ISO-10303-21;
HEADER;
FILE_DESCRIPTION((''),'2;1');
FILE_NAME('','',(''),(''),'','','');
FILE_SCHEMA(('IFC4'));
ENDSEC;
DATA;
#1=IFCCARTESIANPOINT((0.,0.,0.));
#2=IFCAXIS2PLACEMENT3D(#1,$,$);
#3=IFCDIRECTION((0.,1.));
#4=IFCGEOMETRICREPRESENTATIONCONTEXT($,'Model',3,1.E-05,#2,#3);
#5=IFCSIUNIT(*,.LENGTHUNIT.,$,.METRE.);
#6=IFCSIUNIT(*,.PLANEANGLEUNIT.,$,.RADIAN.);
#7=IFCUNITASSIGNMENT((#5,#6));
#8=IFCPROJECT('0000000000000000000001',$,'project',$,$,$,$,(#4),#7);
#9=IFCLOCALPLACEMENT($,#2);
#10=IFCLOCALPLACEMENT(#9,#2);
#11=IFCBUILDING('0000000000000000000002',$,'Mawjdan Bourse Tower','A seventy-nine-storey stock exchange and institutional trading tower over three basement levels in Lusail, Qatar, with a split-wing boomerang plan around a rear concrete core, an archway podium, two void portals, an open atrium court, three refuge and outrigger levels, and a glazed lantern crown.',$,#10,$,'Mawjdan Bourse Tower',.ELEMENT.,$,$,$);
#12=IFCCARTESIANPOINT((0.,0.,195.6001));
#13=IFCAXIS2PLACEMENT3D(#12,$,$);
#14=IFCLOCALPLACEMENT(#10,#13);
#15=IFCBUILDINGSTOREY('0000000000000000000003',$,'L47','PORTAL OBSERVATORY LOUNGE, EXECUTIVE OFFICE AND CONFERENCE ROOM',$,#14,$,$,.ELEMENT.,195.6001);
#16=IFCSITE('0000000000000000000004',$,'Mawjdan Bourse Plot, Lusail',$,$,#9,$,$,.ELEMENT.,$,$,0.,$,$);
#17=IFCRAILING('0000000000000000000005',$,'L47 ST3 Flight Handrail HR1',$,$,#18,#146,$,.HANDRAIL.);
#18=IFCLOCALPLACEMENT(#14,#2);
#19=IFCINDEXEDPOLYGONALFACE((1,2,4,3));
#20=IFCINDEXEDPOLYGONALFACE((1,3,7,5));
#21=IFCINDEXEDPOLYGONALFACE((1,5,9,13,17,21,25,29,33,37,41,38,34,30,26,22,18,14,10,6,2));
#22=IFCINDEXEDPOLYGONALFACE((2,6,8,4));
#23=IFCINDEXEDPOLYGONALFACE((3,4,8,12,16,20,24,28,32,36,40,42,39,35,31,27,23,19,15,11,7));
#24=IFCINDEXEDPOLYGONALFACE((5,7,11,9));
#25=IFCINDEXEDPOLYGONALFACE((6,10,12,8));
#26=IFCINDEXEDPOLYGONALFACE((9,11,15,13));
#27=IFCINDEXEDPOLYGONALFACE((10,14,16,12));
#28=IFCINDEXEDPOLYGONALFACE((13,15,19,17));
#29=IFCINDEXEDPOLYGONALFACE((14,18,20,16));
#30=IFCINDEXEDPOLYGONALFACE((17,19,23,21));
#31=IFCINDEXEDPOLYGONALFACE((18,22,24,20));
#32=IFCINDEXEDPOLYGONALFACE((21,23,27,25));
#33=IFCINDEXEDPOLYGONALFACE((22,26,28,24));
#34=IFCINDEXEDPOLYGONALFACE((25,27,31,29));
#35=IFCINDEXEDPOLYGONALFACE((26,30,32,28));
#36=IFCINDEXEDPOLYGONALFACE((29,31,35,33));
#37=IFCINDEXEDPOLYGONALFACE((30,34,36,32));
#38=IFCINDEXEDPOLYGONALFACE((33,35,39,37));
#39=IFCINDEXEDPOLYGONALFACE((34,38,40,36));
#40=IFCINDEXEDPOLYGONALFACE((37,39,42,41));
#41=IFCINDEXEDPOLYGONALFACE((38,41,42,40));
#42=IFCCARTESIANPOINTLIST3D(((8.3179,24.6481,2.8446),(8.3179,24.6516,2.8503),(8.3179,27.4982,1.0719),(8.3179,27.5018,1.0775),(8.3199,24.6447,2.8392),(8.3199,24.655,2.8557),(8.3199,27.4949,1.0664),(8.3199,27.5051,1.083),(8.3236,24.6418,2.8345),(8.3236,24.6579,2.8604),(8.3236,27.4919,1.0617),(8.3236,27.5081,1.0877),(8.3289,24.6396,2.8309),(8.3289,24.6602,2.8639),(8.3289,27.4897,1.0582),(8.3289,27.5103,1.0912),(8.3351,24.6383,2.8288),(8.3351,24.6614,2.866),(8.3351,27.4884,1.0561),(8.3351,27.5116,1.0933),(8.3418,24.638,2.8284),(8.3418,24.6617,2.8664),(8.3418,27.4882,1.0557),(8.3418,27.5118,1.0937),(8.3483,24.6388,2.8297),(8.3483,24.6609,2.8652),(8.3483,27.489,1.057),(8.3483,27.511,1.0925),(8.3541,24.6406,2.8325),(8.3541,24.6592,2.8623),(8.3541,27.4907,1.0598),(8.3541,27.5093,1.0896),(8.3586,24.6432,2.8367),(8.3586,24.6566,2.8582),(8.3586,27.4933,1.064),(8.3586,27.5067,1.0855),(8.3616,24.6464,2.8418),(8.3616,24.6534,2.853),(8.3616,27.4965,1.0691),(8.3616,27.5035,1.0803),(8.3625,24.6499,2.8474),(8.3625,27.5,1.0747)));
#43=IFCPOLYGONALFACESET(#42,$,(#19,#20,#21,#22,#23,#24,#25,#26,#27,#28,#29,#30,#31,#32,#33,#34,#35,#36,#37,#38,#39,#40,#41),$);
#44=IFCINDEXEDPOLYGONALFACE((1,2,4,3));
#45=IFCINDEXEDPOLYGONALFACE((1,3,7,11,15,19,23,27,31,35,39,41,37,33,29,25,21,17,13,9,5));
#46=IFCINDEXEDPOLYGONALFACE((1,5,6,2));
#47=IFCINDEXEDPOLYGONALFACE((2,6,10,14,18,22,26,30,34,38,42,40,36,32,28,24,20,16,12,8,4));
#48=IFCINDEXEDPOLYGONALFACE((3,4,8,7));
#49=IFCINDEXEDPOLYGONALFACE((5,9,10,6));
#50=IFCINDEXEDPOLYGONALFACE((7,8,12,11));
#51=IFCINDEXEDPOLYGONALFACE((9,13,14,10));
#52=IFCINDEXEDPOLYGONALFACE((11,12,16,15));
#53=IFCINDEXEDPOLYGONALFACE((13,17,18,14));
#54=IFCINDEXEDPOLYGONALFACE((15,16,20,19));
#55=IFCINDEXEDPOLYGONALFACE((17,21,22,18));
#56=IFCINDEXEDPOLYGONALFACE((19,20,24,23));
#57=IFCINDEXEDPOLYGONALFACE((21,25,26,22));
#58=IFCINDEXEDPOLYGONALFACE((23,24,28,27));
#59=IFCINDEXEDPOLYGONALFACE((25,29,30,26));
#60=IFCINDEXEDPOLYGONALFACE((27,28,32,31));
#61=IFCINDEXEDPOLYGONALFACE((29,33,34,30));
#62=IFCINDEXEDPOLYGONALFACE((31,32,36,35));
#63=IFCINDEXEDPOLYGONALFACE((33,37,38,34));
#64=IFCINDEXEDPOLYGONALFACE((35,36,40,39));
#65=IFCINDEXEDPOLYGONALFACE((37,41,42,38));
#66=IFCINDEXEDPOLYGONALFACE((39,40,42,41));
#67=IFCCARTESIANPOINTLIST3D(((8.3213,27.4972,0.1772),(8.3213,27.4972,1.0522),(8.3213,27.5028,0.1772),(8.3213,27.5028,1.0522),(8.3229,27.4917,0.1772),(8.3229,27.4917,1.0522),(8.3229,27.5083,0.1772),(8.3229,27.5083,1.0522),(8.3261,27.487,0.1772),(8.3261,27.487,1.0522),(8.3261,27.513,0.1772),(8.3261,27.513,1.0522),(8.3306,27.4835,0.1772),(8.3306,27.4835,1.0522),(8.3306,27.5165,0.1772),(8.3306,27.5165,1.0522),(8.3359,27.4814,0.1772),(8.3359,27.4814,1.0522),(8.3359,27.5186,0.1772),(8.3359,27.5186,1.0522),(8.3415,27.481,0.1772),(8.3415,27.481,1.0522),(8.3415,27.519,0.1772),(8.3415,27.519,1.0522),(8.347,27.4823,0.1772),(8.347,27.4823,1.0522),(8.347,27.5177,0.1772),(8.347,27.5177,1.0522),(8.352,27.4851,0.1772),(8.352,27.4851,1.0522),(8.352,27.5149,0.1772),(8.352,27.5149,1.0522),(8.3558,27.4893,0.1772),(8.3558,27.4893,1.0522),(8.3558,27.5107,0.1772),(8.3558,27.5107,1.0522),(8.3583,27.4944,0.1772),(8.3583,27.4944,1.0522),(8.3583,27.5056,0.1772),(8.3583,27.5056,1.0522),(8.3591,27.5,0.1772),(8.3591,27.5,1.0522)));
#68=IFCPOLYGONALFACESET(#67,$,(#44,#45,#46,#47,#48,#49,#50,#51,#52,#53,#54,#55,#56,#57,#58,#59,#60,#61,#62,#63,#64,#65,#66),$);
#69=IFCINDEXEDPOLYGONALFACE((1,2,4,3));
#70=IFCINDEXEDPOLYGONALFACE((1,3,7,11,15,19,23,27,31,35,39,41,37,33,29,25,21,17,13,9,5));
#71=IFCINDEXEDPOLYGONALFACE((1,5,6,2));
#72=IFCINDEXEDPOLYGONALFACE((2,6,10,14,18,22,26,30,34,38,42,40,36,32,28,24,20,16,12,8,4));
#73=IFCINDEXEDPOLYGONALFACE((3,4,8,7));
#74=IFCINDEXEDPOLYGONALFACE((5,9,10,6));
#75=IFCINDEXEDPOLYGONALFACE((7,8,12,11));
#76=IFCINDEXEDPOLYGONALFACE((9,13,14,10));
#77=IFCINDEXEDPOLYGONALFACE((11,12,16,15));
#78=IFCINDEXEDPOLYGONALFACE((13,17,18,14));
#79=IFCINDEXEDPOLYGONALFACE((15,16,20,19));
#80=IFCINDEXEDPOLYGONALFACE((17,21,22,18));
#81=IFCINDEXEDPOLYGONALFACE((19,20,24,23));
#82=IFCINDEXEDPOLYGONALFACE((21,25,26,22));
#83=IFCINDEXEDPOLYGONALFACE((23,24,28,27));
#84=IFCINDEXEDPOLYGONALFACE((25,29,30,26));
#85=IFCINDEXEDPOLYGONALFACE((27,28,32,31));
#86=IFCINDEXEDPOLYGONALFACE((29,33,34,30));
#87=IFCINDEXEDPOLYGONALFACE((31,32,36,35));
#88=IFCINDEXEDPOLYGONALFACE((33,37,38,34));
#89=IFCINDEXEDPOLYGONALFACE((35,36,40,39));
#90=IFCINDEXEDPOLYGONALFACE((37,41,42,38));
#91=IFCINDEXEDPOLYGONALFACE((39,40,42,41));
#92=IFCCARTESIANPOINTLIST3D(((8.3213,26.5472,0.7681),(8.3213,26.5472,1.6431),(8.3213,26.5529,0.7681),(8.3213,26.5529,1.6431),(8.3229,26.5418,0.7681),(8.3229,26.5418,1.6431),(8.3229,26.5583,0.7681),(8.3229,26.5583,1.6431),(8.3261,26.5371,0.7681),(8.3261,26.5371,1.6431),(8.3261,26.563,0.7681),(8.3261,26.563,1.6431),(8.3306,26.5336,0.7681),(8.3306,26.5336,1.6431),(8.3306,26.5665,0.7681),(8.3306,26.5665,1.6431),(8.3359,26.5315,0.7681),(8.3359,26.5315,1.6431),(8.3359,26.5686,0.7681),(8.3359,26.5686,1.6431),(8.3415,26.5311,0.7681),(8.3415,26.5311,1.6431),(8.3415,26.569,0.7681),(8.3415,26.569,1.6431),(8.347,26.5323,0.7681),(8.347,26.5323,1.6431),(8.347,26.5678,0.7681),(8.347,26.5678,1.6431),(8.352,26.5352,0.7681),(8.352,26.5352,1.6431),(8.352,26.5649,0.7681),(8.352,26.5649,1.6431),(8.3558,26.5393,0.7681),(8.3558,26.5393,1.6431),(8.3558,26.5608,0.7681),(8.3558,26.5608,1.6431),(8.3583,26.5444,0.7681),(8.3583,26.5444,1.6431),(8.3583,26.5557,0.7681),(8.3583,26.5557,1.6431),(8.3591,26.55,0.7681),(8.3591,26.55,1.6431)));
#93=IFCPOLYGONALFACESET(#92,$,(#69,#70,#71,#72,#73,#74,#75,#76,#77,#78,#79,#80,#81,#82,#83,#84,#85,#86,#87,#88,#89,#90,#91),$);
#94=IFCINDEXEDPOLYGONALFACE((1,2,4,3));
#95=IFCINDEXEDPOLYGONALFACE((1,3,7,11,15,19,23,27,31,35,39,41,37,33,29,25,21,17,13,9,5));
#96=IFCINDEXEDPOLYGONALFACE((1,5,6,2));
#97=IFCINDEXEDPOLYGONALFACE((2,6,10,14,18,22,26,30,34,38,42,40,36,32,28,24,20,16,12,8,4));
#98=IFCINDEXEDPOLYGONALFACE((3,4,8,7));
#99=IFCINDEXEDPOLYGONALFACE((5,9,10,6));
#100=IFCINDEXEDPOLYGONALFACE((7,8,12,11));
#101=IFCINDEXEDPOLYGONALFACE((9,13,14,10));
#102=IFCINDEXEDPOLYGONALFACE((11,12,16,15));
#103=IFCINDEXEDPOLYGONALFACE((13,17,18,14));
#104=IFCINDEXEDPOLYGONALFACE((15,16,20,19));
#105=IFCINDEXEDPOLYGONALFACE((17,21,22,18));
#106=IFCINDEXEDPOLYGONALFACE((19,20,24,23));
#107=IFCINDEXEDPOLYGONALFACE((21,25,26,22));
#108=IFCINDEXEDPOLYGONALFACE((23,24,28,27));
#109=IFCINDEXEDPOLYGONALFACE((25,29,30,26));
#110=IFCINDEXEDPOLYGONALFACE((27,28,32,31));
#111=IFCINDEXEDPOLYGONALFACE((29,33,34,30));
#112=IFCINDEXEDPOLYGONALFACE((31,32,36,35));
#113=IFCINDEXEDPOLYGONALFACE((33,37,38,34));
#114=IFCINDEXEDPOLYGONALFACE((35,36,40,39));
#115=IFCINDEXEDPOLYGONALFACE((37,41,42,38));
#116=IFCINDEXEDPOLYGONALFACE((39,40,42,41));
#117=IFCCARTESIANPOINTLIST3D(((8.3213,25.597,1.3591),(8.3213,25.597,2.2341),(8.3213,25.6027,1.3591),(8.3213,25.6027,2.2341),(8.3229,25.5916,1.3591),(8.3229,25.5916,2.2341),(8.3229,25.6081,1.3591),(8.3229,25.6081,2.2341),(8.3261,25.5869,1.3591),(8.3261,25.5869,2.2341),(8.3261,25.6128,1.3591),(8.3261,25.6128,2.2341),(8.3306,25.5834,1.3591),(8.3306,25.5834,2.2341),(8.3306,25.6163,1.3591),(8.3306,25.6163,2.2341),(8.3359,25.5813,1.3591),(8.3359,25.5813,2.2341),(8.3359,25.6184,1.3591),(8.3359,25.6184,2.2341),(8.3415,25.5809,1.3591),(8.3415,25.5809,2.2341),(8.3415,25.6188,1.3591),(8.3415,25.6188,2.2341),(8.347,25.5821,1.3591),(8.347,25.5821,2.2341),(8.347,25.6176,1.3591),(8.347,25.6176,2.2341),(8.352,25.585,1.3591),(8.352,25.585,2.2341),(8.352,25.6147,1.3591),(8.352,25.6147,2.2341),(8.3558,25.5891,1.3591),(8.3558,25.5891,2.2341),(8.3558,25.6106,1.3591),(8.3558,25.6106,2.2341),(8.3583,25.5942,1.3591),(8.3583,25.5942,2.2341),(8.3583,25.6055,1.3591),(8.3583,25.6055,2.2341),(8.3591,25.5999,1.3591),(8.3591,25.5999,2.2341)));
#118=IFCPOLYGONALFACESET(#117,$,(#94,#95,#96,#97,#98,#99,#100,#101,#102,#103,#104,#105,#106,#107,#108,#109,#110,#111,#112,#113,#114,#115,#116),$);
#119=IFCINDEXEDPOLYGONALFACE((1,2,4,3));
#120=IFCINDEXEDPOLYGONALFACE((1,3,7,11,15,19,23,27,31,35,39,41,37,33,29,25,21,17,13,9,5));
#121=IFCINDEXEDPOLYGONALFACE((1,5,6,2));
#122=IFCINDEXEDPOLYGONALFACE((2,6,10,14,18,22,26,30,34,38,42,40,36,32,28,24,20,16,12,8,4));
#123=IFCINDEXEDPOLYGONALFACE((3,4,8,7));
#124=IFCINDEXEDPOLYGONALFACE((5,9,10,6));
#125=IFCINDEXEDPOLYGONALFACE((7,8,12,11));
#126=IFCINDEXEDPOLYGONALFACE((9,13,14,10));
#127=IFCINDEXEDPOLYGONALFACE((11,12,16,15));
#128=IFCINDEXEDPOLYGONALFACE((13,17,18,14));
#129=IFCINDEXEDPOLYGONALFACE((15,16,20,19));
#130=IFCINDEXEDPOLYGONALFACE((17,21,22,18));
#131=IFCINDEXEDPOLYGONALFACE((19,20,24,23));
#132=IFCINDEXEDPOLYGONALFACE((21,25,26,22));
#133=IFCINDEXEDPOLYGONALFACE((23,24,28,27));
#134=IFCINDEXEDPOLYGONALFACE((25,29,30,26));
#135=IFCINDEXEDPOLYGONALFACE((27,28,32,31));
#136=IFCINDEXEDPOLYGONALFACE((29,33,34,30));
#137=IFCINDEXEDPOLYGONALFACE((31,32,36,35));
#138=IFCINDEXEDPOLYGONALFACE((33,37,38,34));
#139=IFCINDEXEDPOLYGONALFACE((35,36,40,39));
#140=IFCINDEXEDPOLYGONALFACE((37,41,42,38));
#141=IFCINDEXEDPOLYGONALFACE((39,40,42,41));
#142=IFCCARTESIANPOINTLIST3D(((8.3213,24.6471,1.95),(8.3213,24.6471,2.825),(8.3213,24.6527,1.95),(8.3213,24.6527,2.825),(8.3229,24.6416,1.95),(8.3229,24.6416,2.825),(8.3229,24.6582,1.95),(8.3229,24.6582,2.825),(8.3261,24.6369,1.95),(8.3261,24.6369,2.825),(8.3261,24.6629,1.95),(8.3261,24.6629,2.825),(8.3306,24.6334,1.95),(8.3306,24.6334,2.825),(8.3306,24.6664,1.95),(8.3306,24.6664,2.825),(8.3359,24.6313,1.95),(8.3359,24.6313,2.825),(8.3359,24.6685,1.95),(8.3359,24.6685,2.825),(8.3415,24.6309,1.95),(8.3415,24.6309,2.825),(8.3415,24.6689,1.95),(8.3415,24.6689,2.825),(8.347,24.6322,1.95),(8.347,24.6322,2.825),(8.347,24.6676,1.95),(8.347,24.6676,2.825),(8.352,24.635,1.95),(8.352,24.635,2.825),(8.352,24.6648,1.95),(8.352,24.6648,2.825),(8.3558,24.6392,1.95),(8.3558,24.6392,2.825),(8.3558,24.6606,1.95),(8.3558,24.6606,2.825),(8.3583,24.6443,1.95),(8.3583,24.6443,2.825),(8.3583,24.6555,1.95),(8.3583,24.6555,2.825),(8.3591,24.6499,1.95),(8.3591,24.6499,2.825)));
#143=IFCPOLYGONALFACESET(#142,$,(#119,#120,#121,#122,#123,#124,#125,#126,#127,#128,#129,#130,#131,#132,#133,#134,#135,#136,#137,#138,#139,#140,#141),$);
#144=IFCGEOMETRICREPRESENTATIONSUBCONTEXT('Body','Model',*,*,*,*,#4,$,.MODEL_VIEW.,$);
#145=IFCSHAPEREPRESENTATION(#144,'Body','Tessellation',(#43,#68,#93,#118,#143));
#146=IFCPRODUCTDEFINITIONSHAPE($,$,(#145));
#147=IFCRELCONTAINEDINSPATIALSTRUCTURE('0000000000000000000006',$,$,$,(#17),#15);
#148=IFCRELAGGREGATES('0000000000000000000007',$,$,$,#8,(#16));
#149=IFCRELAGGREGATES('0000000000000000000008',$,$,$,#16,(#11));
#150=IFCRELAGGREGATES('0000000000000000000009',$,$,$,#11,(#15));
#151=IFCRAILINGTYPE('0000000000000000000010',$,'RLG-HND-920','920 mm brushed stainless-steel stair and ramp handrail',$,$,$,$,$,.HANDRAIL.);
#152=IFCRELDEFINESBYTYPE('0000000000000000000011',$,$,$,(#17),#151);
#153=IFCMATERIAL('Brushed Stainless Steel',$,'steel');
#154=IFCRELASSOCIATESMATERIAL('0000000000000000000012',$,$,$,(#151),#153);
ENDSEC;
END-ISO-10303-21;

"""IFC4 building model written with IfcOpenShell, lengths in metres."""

from ifc_helpers import new_model, si_unit, direction, frame, origin, origin_2d, place, context, subcontext, project, spatial, circle, extrude, material, type_object, element, save


model = new_model("IFC4")

# Units and contexts
model_context = context("Model", 3, precision=1e-05, world=origin(), true_north=direction((0.0, 1.0)))
body_context = subcontext(model_context, "Body", "Model", "MODEL_VIEW")
ifc_project = project(units=[si_unit("LENGTHUNIT", "METRE"), si_unit("PLANEANGLEUNIT", "RADIAN")], contexts=[model_context])

# Site, building, storey
site_placement = place(None, origin())
site = spatial("IfcSite", under=ifc_project, at=site_placement, Name="Mawjdan Bourse Plot, Lusail", CompositionType="ELEMENT", RefElevation=0.0)
building_placement = place(site_placement, origin())
building = spatial("IfcBuilding", under=site, at=building_placement, Name="Mawjdan Bourse Tower", Description="A seventy-nine-storey stock exchange and institutional trading tower over three basement levels in Lusail, Qatar, with a split-wing boomerang plan around a rear concrete core, an archway podium, two void portals, an open atrium court, three refuge and outrigger levels, and a glazed lantern crown.", LongName="Mawjdan Bourse Tower", CompositionType="ELEMENT")
storey_placement = place(building_placement, frame((0.0, 0.0, 195.6001)))
storey = spatial("IfcBuildingStorey", under=building, at=storey_placement, Name="L47", Description="PORTAL OBSERVATORY LOUNGE, EXECUTIVE OFFICE AND CONFERENCE ROOM", CompositionType="ELEMENT", Elevation=195.6001)

# Railing
ifc_material_1 = material(Name="Brushed Stainless Steel", Category="steel")
railing_type_1 = type_object("IfcRailingType", Name="RLG-HND-920", Description="920 mm brushed stainless-steel stair and ramp handrail", PredefinedType="HANDRAIL", material=ifc_material_1)
railing_1_placement = place(storey_placement, frame((8.3401, 27.5, 0.1772)))
element("IfcRailing", 1, at=railing_1_placement, inside=storey, type_object=railing_type_1, Name="L47 ST3 Flight Handrail HR1", PredefinedType="HANDRAIL", context=body_context, shape_type="SweptSolid", body=[
    extrude(circle(Radius=0.0225, at=origin_2d()), frame((0.0, 0.0, 0.8975), z_axis=(0.0, -0.849149, 0.528154), x_axis=(1.0, 0.0, 0.0)), (0.0, 0.0, 1.0), 3.3564),
    extrude(circle(Radius=0.019, at=origin_2d()), origin(), (0.0, 0.0, 1.0), 0.875),
    extrude(circle(Radius=0.019, at=origin_2d()), frame((0.0, -0.95, 0.5908)), (0.0, 0.0, 1.0), 0.875),
    extrude(circle(Radius=0.019, at=origin_2d()), frame((0.0, -1.9001, 1.1819)), (0.0, 0.0, 1.0), 0.875),
    extrude(circle(Radius=0.019, at=origin_2d()), frame((0.0, -2.8501, 1.7727)), (0.0, 0.0, 1.0), 0.875),
])

save(model, "model.ifc")
